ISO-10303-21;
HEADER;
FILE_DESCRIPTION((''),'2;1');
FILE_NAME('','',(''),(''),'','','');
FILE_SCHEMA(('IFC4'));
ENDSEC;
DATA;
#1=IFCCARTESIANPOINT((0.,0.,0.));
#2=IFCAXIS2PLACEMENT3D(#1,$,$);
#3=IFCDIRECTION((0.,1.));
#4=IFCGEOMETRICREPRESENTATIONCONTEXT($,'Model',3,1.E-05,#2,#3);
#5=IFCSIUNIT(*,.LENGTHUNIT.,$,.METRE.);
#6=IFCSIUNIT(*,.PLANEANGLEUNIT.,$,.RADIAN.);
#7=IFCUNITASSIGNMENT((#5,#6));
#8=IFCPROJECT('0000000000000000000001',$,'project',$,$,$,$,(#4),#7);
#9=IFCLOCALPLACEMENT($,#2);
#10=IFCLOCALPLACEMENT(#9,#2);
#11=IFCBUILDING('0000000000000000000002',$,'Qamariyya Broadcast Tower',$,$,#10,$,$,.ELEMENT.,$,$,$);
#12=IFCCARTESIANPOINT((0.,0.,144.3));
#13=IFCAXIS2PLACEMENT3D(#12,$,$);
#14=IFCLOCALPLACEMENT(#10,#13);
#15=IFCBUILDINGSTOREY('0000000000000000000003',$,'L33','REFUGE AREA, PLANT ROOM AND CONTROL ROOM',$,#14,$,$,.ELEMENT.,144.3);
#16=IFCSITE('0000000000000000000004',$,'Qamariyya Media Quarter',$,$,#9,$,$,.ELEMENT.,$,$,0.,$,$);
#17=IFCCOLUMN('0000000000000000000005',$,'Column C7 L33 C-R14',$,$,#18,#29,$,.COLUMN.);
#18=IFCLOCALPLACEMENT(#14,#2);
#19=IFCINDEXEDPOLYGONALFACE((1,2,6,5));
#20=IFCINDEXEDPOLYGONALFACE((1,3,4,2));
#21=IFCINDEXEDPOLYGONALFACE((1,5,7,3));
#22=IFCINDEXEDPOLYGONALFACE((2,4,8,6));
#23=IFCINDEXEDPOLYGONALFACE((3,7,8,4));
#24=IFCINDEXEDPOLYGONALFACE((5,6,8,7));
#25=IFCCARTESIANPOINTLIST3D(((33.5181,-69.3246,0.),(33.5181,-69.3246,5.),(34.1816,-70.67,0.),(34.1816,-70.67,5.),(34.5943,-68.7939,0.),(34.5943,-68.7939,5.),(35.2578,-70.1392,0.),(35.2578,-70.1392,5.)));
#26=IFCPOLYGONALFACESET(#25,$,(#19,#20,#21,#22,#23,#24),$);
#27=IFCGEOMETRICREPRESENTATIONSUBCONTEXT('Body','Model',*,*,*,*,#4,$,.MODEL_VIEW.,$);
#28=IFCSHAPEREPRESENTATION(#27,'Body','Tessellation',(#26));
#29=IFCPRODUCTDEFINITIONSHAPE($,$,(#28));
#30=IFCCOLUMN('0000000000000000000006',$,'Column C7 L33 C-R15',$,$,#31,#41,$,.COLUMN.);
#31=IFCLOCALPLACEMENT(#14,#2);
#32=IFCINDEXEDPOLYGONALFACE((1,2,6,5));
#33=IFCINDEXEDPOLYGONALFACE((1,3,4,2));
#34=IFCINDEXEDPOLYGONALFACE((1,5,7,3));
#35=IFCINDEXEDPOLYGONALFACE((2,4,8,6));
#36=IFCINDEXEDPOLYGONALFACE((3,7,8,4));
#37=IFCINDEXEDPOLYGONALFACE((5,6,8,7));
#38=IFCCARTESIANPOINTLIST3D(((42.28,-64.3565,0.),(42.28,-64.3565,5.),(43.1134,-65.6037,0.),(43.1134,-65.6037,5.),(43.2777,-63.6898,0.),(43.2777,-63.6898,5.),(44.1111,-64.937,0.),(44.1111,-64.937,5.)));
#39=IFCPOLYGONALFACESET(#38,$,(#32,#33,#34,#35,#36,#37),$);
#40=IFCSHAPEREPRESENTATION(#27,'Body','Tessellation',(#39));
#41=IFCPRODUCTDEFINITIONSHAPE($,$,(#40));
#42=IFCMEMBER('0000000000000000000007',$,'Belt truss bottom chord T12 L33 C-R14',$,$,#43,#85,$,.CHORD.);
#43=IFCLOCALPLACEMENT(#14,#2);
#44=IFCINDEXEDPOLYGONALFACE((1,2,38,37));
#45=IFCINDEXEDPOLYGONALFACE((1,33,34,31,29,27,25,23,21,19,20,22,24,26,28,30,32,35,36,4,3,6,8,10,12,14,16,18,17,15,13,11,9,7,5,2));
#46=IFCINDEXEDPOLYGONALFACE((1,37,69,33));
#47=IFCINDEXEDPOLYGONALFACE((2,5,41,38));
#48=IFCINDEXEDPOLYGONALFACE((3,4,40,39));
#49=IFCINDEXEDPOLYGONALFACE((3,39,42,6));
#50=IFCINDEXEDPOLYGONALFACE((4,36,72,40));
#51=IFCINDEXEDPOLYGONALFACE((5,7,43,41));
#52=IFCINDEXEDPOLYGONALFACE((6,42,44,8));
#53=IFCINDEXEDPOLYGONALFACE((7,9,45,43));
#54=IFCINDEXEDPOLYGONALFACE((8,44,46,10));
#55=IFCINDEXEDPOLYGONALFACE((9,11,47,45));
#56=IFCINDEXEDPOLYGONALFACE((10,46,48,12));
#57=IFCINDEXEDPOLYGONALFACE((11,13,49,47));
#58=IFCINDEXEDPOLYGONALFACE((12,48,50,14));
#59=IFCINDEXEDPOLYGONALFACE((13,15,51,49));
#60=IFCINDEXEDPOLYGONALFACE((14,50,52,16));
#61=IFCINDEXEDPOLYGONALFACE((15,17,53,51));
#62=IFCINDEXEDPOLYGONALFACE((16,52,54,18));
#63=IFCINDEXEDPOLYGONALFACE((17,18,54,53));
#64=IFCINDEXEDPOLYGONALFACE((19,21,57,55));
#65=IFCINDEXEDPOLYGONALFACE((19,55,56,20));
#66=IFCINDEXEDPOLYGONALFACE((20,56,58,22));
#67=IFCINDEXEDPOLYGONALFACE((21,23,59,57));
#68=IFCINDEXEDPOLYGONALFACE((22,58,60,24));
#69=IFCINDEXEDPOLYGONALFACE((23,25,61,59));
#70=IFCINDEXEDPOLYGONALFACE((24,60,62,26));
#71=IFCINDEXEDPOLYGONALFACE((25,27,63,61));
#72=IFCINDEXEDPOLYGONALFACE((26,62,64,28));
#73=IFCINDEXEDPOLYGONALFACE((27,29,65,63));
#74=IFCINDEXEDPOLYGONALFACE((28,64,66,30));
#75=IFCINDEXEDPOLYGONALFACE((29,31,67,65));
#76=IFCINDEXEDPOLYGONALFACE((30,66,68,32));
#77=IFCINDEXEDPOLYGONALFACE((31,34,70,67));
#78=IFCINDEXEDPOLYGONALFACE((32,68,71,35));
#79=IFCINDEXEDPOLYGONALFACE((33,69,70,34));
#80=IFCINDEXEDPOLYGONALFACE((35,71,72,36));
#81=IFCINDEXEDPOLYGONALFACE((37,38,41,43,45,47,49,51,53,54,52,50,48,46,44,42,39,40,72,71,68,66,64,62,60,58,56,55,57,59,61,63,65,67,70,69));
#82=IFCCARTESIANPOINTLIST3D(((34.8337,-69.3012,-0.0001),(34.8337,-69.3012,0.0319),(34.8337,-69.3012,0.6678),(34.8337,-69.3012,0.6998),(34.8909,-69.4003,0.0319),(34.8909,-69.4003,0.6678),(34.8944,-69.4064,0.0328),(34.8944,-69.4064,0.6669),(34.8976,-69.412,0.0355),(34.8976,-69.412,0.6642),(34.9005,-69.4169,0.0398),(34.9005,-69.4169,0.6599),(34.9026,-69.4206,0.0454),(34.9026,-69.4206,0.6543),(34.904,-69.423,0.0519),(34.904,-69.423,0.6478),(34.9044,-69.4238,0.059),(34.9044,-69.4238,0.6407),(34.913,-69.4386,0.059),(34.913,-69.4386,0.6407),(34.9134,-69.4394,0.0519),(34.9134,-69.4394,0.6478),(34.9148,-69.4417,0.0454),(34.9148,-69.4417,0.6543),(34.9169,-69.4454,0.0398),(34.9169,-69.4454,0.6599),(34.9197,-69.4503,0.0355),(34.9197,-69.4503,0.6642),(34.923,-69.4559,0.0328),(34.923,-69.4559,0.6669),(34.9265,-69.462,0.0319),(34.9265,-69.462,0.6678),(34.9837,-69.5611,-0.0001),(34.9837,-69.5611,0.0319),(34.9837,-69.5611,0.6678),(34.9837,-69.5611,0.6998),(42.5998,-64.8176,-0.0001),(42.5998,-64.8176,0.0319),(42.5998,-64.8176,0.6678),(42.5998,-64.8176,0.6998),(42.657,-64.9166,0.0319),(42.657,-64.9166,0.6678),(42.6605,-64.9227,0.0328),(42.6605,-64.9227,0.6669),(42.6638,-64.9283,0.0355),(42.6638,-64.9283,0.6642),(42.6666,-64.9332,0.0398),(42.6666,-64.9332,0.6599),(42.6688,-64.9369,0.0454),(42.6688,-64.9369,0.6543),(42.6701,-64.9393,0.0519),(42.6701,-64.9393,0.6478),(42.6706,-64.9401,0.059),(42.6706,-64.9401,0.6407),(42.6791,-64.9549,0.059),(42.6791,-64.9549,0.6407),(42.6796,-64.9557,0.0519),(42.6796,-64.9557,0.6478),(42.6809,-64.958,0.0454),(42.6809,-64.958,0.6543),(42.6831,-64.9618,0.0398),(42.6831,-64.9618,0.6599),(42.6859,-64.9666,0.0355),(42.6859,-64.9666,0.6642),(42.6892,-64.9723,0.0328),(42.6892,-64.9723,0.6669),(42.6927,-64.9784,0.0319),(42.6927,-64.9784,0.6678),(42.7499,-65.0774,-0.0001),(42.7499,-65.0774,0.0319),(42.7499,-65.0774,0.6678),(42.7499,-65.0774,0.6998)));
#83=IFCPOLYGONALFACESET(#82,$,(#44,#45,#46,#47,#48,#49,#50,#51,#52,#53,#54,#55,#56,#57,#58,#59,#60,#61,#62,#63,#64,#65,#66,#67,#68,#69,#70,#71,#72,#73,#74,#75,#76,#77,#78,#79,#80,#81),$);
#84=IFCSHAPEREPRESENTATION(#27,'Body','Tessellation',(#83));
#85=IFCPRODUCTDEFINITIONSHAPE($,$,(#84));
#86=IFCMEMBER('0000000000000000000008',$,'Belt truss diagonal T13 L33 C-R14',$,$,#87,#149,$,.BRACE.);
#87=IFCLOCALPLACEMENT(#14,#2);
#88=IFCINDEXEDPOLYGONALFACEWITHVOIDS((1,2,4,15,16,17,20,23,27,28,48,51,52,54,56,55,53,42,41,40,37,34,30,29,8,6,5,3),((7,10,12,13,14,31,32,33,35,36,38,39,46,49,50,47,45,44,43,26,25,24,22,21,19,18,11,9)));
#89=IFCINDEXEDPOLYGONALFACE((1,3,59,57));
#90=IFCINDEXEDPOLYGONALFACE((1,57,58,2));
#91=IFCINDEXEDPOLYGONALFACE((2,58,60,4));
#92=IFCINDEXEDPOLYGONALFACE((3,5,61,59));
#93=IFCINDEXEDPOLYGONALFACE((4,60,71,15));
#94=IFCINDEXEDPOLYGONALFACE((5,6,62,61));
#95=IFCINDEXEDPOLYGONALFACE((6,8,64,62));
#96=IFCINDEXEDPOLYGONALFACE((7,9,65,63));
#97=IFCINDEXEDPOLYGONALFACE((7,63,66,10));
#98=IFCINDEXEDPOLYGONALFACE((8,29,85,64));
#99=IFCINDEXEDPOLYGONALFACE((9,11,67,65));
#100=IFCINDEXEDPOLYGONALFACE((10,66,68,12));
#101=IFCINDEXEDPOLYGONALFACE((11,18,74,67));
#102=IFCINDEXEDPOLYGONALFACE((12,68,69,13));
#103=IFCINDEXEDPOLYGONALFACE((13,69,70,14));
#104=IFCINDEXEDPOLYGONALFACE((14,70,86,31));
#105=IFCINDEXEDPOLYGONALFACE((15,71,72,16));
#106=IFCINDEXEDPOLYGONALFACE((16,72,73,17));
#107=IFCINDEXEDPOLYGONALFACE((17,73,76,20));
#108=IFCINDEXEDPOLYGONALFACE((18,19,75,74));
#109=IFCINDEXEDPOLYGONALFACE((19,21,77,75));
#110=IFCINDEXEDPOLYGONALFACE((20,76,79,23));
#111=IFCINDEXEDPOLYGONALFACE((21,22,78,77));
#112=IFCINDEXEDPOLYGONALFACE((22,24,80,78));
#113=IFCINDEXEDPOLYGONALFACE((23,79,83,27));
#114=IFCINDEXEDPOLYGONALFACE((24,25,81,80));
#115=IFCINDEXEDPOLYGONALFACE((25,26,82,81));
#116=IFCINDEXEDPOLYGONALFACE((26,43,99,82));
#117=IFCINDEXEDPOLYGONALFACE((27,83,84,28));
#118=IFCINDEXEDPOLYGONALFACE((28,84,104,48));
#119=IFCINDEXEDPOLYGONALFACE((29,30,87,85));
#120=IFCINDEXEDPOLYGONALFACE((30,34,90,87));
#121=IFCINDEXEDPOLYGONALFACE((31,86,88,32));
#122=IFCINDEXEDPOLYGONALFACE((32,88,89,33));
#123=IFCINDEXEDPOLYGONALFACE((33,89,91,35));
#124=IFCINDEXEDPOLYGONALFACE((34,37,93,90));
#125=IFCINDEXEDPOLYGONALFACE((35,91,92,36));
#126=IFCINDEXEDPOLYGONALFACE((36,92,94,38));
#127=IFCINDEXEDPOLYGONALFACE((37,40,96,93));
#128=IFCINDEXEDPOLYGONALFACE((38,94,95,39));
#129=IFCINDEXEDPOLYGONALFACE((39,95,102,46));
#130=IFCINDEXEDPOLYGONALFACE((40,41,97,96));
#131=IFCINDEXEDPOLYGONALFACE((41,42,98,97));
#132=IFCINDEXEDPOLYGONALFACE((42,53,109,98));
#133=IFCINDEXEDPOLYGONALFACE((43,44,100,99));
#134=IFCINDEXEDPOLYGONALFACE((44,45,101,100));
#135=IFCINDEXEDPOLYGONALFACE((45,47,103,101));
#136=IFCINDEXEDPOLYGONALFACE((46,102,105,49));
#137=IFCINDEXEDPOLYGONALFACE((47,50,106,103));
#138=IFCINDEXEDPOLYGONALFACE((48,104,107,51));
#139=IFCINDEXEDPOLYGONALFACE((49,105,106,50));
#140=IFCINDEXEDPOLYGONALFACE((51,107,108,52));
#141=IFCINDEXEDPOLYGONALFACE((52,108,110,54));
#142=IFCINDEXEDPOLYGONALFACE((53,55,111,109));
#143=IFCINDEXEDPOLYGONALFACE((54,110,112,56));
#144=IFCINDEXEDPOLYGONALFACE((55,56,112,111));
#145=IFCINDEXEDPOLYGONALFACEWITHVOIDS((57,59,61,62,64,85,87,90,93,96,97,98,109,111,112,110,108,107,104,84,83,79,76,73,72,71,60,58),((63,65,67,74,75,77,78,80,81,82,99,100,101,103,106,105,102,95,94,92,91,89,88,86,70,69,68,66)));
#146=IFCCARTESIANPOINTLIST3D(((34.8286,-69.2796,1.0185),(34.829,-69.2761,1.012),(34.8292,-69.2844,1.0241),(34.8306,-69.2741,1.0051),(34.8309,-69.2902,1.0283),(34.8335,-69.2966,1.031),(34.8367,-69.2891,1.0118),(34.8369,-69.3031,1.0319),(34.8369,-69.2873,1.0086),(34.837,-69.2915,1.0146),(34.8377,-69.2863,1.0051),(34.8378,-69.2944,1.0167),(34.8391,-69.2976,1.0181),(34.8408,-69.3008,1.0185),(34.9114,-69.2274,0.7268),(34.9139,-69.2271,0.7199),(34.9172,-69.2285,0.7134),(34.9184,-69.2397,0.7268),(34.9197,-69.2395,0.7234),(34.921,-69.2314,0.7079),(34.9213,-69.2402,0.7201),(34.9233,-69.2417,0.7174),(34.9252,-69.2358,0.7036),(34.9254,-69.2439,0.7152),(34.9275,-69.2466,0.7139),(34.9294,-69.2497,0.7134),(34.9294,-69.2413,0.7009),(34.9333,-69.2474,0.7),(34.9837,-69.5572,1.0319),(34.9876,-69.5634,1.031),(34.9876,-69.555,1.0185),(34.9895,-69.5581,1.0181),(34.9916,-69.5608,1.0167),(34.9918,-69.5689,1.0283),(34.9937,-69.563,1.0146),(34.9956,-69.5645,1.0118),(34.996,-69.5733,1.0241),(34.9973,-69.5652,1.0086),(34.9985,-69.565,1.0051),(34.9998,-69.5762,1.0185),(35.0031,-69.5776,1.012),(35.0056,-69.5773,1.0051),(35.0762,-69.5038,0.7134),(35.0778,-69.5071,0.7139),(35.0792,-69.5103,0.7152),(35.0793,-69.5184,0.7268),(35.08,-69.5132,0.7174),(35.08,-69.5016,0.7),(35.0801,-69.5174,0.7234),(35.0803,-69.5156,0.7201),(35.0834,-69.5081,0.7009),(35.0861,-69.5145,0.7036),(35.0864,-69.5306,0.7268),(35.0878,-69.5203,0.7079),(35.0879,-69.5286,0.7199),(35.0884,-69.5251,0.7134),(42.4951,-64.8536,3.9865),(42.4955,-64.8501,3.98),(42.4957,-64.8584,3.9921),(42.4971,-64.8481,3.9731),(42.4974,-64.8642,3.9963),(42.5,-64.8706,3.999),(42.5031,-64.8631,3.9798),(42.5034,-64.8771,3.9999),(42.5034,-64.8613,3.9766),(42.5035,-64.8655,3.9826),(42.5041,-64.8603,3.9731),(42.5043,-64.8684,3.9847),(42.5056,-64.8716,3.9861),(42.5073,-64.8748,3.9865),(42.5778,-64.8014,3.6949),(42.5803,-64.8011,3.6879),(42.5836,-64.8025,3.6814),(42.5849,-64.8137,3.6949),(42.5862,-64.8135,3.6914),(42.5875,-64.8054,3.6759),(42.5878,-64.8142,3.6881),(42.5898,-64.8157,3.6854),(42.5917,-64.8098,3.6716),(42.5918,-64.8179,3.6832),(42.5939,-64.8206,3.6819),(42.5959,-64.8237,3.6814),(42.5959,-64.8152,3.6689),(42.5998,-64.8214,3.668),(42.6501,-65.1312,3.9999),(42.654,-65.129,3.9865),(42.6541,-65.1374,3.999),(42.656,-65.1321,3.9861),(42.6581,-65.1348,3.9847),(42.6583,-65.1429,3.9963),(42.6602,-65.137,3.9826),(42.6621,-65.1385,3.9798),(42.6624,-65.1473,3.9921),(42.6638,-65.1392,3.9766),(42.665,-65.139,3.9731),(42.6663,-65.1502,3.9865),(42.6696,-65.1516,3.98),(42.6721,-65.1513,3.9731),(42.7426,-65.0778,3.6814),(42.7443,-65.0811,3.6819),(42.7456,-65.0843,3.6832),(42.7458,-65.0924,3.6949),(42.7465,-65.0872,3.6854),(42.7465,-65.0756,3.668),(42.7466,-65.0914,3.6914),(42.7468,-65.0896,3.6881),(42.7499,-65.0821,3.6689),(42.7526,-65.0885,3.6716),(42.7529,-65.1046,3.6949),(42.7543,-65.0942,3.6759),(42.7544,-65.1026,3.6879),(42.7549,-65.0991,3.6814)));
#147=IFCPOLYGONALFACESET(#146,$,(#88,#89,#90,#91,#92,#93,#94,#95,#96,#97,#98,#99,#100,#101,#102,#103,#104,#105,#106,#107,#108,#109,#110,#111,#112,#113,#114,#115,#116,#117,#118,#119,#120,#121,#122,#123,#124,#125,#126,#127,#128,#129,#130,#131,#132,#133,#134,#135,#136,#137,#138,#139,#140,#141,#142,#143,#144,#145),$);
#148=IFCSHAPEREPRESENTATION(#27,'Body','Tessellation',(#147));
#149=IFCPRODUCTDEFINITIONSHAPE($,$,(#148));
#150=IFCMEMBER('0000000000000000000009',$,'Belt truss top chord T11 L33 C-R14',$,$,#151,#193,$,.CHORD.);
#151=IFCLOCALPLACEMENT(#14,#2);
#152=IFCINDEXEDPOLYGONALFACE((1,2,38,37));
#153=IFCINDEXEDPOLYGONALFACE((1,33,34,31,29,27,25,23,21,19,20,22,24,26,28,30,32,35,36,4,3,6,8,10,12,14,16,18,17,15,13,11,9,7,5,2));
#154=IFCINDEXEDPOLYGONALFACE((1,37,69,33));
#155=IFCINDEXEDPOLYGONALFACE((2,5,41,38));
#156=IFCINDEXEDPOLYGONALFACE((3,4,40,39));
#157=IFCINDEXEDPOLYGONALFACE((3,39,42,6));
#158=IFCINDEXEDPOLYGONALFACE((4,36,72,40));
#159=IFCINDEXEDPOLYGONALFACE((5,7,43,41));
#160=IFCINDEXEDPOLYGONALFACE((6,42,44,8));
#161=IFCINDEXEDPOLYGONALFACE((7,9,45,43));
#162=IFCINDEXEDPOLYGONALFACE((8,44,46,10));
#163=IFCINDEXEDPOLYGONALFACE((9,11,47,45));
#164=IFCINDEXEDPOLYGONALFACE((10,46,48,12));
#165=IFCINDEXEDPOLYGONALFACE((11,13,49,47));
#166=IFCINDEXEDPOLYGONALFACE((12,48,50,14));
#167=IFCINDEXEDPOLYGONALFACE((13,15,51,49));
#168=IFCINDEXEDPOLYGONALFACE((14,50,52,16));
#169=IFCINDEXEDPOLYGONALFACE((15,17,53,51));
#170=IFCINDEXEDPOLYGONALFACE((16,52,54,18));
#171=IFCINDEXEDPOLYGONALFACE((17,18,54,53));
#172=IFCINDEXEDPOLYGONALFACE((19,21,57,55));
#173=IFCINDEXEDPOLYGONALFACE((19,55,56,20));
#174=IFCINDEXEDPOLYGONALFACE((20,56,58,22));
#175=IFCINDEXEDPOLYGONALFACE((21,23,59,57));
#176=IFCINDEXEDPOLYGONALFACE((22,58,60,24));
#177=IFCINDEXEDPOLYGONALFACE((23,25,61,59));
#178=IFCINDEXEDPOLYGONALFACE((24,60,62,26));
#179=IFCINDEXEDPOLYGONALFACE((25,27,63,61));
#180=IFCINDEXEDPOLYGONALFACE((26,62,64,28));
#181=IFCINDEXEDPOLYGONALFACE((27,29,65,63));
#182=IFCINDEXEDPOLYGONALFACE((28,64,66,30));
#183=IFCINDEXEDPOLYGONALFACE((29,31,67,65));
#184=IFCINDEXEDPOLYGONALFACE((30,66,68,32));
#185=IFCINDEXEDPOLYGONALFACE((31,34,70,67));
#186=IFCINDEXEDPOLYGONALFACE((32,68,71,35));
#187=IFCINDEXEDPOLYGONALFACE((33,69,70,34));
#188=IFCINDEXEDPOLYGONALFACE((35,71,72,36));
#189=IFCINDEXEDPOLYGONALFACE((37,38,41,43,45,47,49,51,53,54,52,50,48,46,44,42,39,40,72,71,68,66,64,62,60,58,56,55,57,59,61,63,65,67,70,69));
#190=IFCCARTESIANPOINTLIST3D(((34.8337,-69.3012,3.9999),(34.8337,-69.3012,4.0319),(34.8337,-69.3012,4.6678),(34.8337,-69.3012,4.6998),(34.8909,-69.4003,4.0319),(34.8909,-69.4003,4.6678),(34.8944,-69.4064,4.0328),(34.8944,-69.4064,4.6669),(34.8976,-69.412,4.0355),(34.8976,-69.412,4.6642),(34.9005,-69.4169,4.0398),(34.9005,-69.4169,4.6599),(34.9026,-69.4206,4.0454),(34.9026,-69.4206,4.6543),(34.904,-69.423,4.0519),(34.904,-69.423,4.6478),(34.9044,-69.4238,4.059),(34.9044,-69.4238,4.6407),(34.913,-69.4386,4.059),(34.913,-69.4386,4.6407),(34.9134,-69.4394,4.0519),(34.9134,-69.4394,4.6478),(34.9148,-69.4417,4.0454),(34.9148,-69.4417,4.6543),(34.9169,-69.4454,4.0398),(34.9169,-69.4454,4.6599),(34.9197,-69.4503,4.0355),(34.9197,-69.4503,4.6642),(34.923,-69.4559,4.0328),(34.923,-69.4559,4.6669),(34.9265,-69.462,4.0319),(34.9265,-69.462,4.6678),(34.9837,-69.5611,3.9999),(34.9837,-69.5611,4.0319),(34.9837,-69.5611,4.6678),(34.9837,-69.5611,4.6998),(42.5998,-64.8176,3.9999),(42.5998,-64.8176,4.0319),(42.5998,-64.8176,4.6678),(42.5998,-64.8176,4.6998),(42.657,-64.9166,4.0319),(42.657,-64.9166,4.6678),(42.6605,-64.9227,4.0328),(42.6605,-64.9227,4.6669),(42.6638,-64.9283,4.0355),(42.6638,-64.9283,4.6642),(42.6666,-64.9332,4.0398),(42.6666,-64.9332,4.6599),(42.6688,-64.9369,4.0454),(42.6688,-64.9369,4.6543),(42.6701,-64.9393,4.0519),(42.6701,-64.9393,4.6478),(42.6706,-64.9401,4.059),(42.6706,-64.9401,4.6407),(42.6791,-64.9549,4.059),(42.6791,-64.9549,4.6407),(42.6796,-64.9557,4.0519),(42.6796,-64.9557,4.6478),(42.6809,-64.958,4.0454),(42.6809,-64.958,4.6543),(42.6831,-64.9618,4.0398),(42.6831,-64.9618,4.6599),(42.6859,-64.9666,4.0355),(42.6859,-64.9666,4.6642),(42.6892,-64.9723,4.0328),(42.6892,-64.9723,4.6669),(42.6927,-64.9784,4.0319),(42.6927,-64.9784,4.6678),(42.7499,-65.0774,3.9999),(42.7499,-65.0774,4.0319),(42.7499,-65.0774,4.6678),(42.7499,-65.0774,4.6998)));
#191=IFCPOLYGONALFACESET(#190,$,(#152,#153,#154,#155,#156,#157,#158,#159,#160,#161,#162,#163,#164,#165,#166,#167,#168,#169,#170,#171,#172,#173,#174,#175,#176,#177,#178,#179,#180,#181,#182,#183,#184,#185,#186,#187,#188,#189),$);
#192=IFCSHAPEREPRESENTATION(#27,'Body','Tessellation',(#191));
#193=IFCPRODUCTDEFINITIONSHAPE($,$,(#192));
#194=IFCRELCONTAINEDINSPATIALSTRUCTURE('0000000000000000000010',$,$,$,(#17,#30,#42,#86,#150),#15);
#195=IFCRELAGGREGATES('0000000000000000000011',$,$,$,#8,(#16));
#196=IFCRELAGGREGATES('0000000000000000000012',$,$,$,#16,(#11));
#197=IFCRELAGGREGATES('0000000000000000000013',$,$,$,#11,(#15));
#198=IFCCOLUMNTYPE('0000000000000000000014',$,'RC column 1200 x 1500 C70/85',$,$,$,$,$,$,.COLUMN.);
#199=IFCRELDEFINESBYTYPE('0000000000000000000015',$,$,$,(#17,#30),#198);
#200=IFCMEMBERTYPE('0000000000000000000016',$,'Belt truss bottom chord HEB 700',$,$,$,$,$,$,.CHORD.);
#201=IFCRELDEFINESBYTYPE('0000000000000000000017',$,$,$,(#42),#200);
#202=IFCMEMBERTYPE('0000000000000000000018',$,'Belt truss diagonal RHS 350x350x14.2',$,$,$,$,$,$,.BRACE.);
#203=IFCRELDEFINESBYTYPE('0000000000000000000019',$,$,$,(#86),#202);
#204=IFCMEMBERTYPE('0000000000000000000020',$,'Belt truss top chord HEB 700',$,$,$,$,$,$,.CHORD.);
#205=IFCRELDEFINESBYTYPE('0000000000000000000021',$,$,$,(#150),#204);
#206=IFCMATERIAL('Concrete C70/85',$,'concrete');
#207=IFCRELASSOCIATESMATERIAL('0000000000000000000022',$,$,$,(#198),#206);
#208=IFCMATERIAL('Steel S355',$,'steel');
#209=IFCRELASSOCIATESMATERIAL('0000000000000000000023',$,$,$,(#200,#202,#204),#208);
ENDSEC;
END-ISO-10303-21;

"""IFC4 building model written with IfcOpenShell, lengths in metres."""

from ifc_helpers import new_model, si_unit, direction, frame, origin, origin_2d, place, context, subcontext, project, spatial, rectangle, hollow_rectangle, i_section, extrude, material, material_profile, profile_set, type_object, element, save


model = new_model("IFC4")

# Units and contexts
model_context = context("Model", 3, precision=1e-05, world=origin(), true_north=direction((0.0, 1.0)))
body_context = subcontext(model_context, "Body", "Model", "MODEL_VIEW")
ifc_project = project(units=[si_unit("LENGTHUNIT", "METRE"), si_unit("PLANEANGLEUNIT", "RADIAN")], contexts=[model_context])

# Site, building, storey
site_placement = place(None, origin())
site = spatial("IfcSite", under=ifc_project, at=site_placement, Name="Qamariyya Media Quarter", CompositionType="ELEMENT", RefElevation=0.0)
building_placement = place(site_placement, origin())
building = spatial("IfcBuilding", under=site, at=building_placement, Name="Qamariyya Broadcast Tower", CompositionType="ELEMENT")
storey_placement = place(building_placement, frame((0.0, 0.0, 144.3)))
storey = spatial("IfcBuildingStorey", under=building, at=storey_placement, Name="L33", Description="REFUGE AREA, PLANT ROOM AND CONTROL ROOM", CompositionType="ELEMENT", Elevation=144.3)

# Columns
ifc_material_1 = material(Name="Concrete C70/85", Category="concrete")
ifc_material_profile_1 = material_profile(ifc_material_1, rectangle(XDim=1.2, YDim=1.5, at=origin_2d()))
ifc_profile_set_1 = profile_set([ifc_material_profile_1], Name="Concrete C70/85")
column_type = type_object("IfcColumnType", Name="RC column 1200 x 1500 C70/85", PredefinedType="COLUMN", material=ifc_profile_set_1)
for number, where, z_axis, x_axis, name in (
    (1, (34.3879, -69.7319, 0.0), (0.0, 0.0, 1.0), (0.896873, 0.442289, 0.0), "Column C7 L33 C-R14"),
    (2, (43.1956, -64.6467, 0.0), (0.0, 0.0, 1.0), (0.83147, 0.55557, 0.0), "Column C7 L33 C-R15"),
):
    element("IfcColumn", number, at=place(storey_placement, frame(where, z_axis=z_axis, x_axis=x_axis)), inside=storey, type_object=column_type, Name=name, PredefinedType="COLUMN", context=body_context, shape_type="SweptSolid", body=[
        extrude(rectangle(XDim=1.2, YDim=1.5, at=origin_2d()), origin(), (0.0, 0.0, 1.0), 5.0),
    ])

# Members
ifc_material_2 = material(Name="Steel S355", Category="steel")
ifc_material_profile_2 = material_profile(ifc_material_2, i_section(OverallWidth=0.3, OverallDepth=0.7, WebThickness=0.0171, FlangeThickness=0.032, FilletRadius=0.0271, at=origin_2d()))
ifc_profile_set_2 = profile_set([ifc_material_profile_2], Name="Steel S355")
member_type_1 = type_object("IfcMemberType", Name="Belt truss bottom chord HEB 700", PredefinedType="CHORD", material=ifc_profile_set_2)
member_1_placement = place(storey_placement, frame((34.9087, -69.4312, 0.3499), z_axis=(0.866031, 0.49999, 0.0), x_axis=(-0.49999, 0.866031, 0.0)))
element("IfcMember", 3, at=member_1_placement, inside=storey, type_object=member_type_1, Name="Belt truss bottom chord T12 L33 C-R14", PredefinedType="CHORD", context=body_context, shape_type="SweptSolid", body=[
    extrude(i_section(OverallWidth=0.3, OverallDepth=0.7, WebThickness=0.0171, FlangeThickness=0.032, FilletRadius=0.0271, at=origin_2d()), origin(), (0.0, 0.0, 1.0), 8.9675),
])
ifc_material_profile_3 = material_profile(ifc_material_2, hollow_rectangle(XDim=0.3501, YDim=0.3501, WallThickness=0.0142, InnerFilletRadius=0.0142, OuterFilletRadius=0.0283, at=origin_2d()))
ifc_profile_set_3 = profile_set([ifc_material_profile_3], Name="Steel S355")
member_type_2 = type_object("IfcMemberType", Name="Belt truss diagonal RHS 350x350x14.2", PredefinedType="BRACE", material=ifc_profile_set_3)
member_2_placement = place(storey_placement, frame((34.9585, -69.4023, 0.866), z_axis=(0.821114, 0.474046, 0.317887), x_axis=(-0.49998, 0.866037, 0.0)))
element("IfcMember", 4, at=member_2_placement, inside=storey, type_object=member_type_2, Name="Belt truss diagonal T13 L33 C-R14", PredefinedType="BRACE", context=body_context, shape_type="SweptSolid", body=[
    extrude(hollow_rectangle(XDim=0.3501, YDim=0.3501, WallThickness=0.0142, InnerFilletRadius=0.0142, OuterFilletRadius=0.0283, at=origin_2d()), origin(), (0.0, 0.0, 1.0), 9.3367),
])
ifc_material_profile_4 = material_profile(ifc_material_2, i_section(OverallWidth=0.3, OverallDepth=0.7, WebThickness=0.0171, FlangeThickness=0.032, FilletRadius=0.0271, at=origin_2d()))
ifc_profile_set_4 = profile_set([ifc_material_profile_4], Name="Steel S355")
member_type_3 = type_object("IfcMemberType", Name="Belt truss top chord HEB 700", PredefinedType="CHORD", material=ifc_profile_set_4)
member_3_placement = place(storey_placement, frame((34.9087, -69.4312, 4.3499), z_axis=(0.866031, 0.49999, 0.0), x_axis=(-0.49999, 0.866031, 0.0)))
element("IfcMember", 5, at=member_3_placement, inside=storey, type_object=member_type_3, Name="Belt truss top chord T11 L33 C-R14", PredefinedType="CHORD", context=body_context, shape_type="SweptSolid", body=[
    extrude(i_section(OverallWidth=0.3, OverallDepth=0.7, WebThickness=0.0171, FlangeThickness=0.032, FilletRadius=0.0271, at=origin_2d()), origin(), (0.0, 0.0, 1.0), 8.9675),
])

save(model, "model.ifc")
